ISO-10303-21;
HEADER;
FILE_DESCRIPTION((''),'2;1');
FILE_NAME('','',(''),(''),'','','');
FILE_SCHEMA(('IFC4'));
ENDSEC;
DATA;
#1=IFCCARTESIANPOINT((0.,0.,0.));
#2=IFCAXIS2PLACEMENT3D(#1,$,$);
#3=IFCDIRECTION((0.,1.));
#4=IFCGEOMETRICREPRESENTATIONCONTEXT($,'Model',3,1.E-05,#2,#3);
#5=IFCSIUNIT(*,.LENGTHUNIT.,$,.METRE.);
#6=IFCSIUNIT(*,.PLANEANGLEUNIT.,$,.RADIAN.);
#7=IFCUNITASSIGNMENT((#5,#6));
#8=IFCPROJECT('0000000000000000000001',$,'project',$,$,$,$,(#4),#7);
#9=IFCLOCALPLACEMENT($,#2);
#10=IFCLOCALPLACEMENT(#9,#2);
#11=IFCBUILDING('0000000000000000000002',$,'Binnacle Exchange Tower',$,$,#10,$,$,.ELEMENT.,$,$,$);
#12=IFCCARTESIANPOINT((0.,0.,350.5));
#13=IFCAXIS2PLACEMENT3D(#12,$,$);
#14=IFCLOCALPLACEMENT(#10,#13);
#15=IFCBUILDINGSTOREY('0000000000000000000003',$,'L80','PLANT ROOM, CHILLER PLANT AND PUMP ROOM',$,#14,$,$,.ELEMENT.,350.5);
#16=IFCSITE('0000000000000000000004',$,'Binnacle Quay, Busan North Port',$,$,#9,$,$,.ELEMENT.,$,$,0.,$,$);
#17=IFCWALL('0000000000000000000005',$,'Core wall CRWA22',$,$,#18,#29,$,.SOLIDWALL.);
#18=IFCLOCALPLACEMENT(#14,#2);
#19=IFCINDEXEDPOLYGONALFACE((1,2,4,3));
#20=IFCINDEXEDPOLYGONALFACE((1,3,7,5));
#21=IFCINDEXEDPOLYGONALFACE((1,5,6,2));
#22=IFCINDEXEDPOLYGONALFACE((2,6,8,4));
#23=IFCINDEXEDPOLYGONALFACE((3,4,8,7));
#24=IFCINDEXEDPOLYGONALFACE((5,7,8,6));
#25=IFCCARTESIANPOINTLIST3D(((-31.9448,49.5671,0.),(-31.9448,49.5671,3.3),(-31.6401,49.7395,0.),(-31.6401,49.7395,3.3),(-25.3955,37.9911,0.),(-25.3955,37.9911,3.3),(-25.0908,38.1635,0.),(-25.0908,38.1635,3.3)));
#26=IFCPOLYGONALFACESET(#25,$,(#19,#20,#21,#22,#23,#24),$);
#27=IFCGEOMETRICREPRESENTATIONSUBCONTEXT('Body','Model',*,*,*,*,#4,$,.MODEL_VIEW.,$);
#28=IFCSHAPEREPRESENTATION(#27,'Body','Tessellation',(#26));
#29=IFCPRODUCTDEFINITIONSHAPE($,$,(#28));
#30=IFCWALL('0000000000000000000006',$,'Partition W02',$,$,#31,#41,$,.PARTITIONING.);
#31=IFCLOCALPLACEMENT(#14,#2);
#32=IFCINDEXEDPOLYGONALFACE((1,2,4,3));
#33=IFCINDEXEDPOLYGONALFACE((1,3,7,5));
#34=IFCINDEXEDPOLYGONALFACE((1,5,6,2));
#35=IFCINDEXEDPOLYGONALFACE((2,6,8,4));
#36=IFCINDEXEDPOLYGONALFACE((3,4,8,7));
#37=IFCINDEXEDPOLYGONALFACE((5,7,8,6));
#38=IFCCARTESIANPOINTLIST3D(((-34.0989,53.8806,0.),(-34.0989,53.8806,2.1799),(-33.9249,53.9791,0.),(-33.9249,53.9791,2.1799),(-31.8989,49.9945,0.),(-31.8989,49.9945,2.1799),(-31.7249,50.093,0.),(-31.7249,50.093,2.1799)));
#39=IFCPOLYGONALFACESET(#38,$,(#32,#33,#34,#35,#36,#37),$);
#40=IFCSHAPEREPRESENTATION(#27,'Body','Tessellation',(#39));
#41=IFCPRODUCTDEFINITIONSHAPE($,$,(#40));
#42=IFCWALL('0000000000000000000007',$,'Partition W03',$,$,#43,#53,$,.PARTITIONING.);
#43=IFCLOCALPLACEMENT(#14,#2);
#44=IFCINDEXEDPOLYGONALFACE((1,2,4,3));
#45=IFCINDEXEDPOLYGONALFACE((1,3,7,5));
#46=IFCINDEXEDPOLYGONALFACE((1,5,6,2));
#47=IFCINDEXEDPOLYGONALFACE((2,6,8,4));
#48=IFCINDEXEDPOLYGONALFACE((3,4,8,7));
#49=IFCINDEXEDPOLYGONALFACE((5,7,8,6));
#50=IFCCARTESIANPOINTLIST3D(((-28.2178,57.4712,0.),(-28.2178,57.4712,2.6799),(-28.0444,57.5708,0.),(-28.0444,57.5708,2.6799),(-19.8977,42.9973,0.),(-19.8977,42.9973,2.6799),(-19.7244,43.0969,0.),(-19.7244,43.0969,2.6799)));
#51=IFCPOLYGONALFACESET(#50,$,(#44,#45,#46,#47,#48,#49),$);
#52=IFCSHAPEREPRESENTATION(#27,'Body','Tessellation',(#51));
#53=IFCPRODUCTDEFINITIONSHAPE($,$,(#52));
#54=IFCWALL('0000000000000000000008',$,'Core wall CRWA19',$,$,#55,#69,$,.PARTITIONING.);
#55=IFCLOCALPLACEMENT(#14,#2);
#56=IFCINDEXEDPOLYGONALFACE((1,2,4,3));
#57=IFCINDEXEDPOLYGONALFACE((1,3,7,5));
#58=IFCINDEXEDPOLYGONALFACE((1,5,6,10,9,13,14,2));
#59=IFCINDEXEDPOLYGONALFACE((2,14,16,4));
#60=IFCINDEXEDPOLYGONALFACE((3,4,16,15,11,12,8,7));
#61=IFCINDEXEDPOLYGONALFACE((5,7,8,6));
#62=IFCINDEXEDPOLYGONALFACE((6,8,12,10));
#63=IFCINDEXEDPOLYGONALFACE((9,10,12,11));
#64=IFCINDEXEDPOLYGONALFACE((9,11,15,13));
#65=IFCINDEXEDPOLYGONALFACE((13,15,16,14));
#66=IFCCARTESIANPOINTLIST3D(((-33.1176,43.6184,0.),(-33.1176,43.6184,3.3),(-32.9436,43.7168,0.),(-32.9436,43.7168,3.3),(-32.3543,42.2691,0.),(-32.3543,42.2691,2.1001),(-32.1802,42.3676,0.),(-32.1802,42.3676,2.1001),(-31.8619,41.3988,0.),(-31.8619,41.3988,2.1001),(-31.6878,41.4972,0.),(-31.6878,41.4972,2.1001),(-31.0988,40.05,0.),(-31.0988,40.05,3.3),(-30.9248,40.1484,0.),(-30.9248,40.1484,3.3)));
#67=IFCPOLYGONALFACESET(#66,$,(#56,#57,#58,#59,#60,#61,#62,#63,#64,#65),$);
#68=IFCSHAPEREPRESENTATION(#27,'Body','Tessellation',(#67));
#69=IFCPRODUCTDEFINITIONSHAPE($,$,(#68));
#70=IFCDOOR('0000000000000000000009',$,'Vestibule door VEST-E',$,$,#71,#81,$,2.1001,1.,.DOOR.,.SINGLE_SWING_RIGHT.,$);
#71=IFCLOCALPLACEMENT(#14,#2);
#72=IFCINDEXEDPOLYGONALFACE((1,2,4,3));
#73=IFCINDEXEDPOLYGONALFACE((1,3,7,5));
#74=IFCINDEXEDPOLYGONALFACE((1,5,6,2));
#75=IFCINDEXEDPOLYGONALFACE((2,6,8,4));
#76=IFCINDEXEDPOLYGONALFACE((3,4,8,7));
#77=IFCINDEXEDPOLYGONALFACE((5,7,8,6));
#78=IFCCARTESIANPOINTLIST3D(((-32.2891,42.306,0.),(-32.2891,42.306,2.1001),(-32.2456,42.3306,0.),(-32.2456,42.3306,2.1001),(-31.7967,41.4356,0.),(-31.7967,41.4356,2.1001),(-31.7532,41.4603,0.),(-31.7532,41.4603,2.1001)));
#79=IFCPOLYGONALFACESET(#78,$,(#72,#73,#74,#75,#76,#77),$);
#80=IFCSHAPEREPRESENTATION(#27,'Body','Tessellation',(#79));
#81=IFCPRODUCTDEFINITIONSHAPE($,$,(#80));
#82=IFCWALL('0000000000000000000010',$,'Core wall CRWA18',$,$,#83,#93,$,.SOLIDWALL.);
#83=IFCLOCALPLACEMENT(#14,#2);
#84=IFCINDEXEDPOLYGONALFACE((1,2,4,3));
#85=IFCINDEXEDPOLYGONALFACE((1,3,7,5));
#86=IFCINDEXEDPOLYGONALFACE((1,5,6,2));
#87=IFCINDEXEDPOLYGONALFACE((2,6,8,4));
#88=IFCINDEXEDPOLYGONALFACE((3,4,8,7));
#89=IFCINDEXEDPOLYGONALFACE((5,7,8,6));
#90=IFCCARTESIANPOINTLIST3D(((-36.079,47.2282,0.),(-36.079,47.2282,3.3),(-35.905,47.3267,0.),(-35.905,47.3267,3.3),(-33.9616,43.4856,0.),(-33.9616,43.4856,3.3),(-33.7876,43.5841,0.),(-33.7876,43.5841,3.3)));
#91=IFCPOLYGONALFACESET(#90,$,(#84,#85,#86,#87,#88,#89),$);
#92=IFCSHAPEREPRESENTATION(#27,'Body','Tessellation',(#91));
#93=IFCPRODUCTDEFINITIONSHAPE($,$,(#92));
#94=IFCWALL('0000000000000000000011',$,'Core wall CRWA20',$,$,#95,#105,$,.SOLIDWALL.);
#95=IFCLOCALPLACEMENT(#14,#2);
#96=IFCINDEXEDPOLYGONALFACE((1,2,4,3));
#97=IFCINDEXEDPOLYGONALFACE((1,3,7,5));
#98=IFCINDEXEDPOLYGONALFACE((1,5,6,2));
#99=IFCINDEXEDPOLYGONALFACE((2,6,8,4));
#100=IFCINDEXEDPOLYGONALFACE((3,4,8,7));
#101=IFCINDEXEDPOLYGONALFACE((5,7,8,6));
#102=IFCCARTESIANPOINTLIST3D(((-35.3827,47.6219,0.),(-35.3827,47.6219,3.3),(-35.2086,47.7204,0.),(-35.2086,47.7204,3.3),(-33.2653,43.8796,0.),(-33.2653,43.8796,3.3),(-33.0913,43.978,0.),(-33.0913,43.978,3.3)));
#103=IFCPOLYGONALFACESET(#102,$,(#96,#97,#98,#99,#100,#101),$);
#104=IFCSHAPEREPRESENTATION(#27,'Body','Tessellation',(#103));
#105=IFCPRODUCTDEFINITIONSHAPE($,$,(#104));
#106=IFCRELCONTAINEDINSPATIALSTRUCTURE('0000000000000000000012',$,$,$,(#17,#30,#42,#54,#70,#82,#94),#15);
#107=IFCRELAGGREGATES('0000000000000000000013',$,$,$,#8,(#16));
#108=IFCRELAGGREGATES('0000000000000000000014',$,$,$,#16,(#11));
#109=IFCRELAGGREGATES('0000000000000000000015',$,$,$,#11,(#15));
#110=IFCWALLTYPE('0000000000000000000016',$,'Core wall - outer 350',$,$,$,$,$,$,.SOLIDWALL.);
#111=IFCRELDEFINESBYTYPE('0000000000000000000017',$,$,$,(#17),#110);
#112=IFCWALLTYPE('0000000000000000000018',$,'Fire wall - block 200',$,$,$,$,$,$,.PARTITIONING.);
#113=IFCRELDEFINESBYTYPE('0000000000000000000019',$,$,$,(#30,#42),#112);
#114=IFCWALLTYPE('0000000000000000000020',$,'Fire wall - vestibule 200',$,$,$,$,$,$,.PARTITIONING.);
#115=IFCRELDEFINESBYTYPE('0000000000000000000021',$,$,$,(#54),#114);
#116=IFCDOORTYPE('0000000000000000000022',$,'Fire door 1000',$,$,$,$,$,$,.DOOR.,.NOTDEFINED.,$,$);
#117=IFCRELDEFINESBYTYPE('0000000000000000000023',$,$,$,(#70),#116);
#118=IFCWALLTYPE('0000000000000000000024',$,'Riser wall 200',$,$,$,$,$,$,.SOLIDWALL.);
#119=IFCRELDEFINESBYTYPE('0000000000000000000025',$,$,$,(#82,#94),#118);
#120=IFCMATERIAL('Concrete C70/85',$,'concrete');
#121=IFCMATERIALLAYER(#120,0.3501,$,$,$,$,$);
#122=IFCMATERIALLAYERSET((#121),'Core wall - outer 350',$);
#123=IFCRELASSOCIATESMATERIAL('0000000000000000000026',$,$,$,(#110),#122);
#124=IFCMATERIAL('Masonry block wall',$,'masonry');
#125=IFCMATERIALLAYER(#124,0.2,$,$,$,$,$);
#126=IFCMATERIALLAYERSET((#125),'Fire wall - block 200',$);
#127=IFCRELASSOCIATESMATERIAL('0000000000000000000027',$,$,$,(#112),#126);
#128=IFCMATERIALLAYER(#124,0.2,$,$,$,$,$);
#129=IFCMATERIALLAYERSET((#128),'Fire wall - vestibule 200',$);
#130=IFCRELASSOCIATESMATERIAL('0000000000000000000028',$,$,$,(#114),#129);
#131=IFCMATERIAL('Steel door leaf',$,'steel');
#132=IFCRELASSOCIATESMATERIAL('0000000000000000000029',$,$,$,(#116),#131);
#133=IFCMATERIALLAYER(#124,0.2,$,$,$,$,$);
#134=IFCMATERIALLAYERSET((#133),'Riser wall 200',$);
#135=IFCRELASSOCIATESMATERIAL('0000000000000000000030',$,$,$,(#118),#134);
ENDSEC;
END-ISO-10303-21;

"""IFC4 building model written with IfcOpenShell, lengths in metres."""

from ifc_helpers import new_model, si_unit, direction, frame, frame_2d, origin, place, context, subcontext, project, spatial, rectangle, extrude, material, layer, layer_set, type_object, element, fill, save


model = new_model("IFC4")

# Units and contexts
model_context = context("Model", 3, precision=1e-05, world=origin(), true_north=direction((0.0, 1.0)))
body_context = subcontext(model_context, "Body", "Model", "MODEL_VIEW")
ifc_project = project(units=[si_unit("LENGTHUNIT", "METRE"), si_unit("PLANEANGLEUNIT", "RADIAN")], contexts=[model_context])

# Site, building, storey
site_placement = place(None, origin())
site = spatial("IfcSite", under=ifc_project, at=site_placement, Name="Binnacle Quay, Busan North Port", CompositionType="ELEMENT", RefElevation=0.0)
building_placement = place(site_placement, origin())
building = spatial("IfcBuilding", under=site, at=building_placement, Name="Binnacle Exchange Tower", CompositionType="ELEMENT")
storey_placement = place(building_placement, frame((0.0, 0.0, 350.5)))
storey = spatial("IfcBuildingStorey", under=building, at=storey_placement, Name="L80", Description="PLANT ROOM, CHILLER PLANT AND PUMP ROOM", CompositionType="ELEMENT", Elevation=350.5)

# Walls
ifc_material_1 = material(Name="Concrete C70/85", Category="concrete")
ifc_layer_1 = layer(ifc_material_1, 0.3501)
ifc_layer_set_1 = layer_set([ifc_layer_1], Name="Core wall - outer 350")
wall_type_1 = type_object("IfcWallType", Name="Core wall - outer 350", PredefinedType="SOLIDWALL", material=ifc_layer_set_1)
wall_1_placement = place(storey_placement, frame((-31.7925, 49.6533, 0.0), z_axis=(0.0, 0.0, 1.0), x_axis=(0.492422, -0.870357, 0.0)))
element("IfcWall", 1, at=wall_1_placement, inside=storey, type_object=wall_type_1, Name="Core wall CRWA22", PredefinedType="SOLIDWALL", context=body_context, shape_type="SweptSolid", body=[
    extrude(rectangle(XDim=13.3003, YDim=0.3501, at=frame_2d((6.6501, 0.0))), origin(), (0.0, 0.0, 1.0), 3.3),
])
ifc_material_2 = material(Name="Masonry block wall", Category="masonry")
ifc_layer_2 = layer(ifc_material_2, 0.2)
ifc_layer_set_2 = layer_set([ifc_layer_2], Name="Fire wall - block 200")
wall_type_2 = type_object("IfcWallType", Name="Fire wall - block 200", PredefinedType="PARTITIONING", material=ifc_layer_set_2)
wall_2_placement = place(storey_placement, frame((-34.012, 53.9299, 0.0), z_axis=(0.0, 0.0, 1.0), x_axis=(0.492655, -0.870225, 0.0)))
element("IfcWall", 2, at=wall_2_placement, inside=storey, type_object=wall_type_2, Name="Partition W02", PredefinedType="PARTITIONING", context=body_context, shape_type="SweptSolid", body=[
    extrude(rectangle(XDim=4.4656, YDim=0.2, at=frame_2d((2.2329, 0.0))), origin(), (0.0, 0.0, 1.0), 2.1799),
])
wall_3_placement = place(storey_placement, frame((-28.1311, 57.521, 0.0), z_axis=(0.0, 0.0, 1.0), x_axis=(0.498363, -0.866969, 0.0)))
element("IfcWall", 3, at=wall_3_placement, inside=storey, type_object=wall_type_2, Name="Partition W03", PredefinedType="PARTITIONING", context=body_context, shape_type="SweptSolid", body=[
    extrude(rectangle(XDim=16.6948, YDim=0.2, at=frame_2d((8.3474, 0.0))), origin(), (0.0, 0.0, 1.0), 2.6799),
])

# Wall, opening, door
ifc_layer_3 = layer(ifc_material_2, 0.2)
ifc_layer_set_3 = layer_set([ifc_layer_3], Name="Fire wall - vestibule 200")
wall_type_3 = type_object("IfcWallType", Name="Fire wall - vestibule 200", PredefinedType="PARTITIONING", material=ifc_layer_set_3)
wall_4_placement = place(storey_placement, frame((-33.0305, 43.6675, 0.0), z_axis=(0.0, 0.0, 1.0), x_axis=(0.492408, -0.870364, 0.0)))
wall_4 = element("IfcWall", 4, at=wall_4_placement, inside=storey, type_object=wall_type_3, Name="Core wall CRWA19", PredefinedType="PARTITIONING", context=body_context, shape_type="SweptSolid", body=[
    extrude(rectangle(XDim=4.0999, YDim=0.2, at=frame_2d((2.0498, 0.0))), origin(), (0.0, 0.0, 1.0), 3.3),
])
opening_placement = place(wall_4_placement, frame((1.55, 0.0, 0.0)))
opening = element("IfcOpeningElement", 5, at=opening_placement, cuts=wall_4, PredefinedType="OPENING", context=body_context, shape_type="SweptSolid", body=[
    extrude(rectangle(XDim=1.0, YDim=2.1001, at=frame_2d((0.5, 1.05))), frame((0.0, 0.1099, 0.0), z_axis=(0.0, -1.0, 0.0), x_axis=(1.0, 0.0, 0.0)), (0.0, 0.0, 1.0), 0.22),
])
ifc_material_3 = material(Name="Steel door leaf", Category="steel")
door_type = type_object("IfcDoorType", Name="Fire door 1000", OperationType="NOTDEFINED", PredefinedType="DOOR", material=ifc_material_3)
door_placement = place(opening_placement, origin())
door = element("IfcDoor", 6, at=door_placement, inside=storey, type_object=door_type, Name="Vestibule door VEST-E", OperationType="SINGLE_SWING_RIGHT", OverallHeight=2.1001, OverallWidth=1.0, PredefinedType="DOOR", context=body_context, shape_type="SweptSolid", body=[
    extrude(rectangle(XDim=1.0, YDim=2.1001, at=frame_2d((0.5, 1.05))), frame((0.0, 0.0249, 0.0), z_axis=(0.0, -1.0, 0.0), x_axis=(1.0, 0.0, 0.0)), (0.0, 0.0, 1.0), 0.05),
])
fill(opening, door)

# Walls
ifc_layer_4 = layer(ifc_material_2, 0.2)
ifc_layer_set_4 = layer_set([ifc_layer_4], Name="Riser wall 200")
wall_type_4 = type_object("IfcWallType", Name="Riser wall 200", PredefinedType="SOLIDWALL", material=ifc_layer_set_4)
wall_5_placement = place(storey_placement, frame((-35.9919, 47.2773, 0.0), z_axis=(0.0, 0.0, 1.0), x_axis=(0.492411, -0.870363, 0.0)))
element("IfcWall", 7, at=wall_5_placement, inside=storey, type_object=wall_type_4, Name="Core wall CRWA18", PredefinedType="SOLIDWALL", context=body_context, shape_type="SweptSolid", body=[
    extrude(rectangle(XDim=4.3, YDim=0.2, at=frame_2d((2.1499, 0.0))), origin(), (0.0, 0.0, 1.0), 3.3),
])
wall_6_placement = place(storey_placement, frame((-35.2957, 47.6711, 0.0), z_axis=(0.0, 0.0, 1.0), x_axis=(0.492435, -0.870349, 0.0)))
element("IfcWall", 8, at=wall_6_placement, inside=storey, type_object=wall_type_4, Name="Core wall CRWA20", PredefinedType="SOLIDWALL", context=body_context, shape_type="SweptSolid", body=[
    extrude(rectangle(XDim=4.2998, YDim=0.2, at=frame_2d((2.1499, 0.0))), origin(), (0.0, 0.0, 1.0), 3.3),
])

save(model, "model.ifc")
